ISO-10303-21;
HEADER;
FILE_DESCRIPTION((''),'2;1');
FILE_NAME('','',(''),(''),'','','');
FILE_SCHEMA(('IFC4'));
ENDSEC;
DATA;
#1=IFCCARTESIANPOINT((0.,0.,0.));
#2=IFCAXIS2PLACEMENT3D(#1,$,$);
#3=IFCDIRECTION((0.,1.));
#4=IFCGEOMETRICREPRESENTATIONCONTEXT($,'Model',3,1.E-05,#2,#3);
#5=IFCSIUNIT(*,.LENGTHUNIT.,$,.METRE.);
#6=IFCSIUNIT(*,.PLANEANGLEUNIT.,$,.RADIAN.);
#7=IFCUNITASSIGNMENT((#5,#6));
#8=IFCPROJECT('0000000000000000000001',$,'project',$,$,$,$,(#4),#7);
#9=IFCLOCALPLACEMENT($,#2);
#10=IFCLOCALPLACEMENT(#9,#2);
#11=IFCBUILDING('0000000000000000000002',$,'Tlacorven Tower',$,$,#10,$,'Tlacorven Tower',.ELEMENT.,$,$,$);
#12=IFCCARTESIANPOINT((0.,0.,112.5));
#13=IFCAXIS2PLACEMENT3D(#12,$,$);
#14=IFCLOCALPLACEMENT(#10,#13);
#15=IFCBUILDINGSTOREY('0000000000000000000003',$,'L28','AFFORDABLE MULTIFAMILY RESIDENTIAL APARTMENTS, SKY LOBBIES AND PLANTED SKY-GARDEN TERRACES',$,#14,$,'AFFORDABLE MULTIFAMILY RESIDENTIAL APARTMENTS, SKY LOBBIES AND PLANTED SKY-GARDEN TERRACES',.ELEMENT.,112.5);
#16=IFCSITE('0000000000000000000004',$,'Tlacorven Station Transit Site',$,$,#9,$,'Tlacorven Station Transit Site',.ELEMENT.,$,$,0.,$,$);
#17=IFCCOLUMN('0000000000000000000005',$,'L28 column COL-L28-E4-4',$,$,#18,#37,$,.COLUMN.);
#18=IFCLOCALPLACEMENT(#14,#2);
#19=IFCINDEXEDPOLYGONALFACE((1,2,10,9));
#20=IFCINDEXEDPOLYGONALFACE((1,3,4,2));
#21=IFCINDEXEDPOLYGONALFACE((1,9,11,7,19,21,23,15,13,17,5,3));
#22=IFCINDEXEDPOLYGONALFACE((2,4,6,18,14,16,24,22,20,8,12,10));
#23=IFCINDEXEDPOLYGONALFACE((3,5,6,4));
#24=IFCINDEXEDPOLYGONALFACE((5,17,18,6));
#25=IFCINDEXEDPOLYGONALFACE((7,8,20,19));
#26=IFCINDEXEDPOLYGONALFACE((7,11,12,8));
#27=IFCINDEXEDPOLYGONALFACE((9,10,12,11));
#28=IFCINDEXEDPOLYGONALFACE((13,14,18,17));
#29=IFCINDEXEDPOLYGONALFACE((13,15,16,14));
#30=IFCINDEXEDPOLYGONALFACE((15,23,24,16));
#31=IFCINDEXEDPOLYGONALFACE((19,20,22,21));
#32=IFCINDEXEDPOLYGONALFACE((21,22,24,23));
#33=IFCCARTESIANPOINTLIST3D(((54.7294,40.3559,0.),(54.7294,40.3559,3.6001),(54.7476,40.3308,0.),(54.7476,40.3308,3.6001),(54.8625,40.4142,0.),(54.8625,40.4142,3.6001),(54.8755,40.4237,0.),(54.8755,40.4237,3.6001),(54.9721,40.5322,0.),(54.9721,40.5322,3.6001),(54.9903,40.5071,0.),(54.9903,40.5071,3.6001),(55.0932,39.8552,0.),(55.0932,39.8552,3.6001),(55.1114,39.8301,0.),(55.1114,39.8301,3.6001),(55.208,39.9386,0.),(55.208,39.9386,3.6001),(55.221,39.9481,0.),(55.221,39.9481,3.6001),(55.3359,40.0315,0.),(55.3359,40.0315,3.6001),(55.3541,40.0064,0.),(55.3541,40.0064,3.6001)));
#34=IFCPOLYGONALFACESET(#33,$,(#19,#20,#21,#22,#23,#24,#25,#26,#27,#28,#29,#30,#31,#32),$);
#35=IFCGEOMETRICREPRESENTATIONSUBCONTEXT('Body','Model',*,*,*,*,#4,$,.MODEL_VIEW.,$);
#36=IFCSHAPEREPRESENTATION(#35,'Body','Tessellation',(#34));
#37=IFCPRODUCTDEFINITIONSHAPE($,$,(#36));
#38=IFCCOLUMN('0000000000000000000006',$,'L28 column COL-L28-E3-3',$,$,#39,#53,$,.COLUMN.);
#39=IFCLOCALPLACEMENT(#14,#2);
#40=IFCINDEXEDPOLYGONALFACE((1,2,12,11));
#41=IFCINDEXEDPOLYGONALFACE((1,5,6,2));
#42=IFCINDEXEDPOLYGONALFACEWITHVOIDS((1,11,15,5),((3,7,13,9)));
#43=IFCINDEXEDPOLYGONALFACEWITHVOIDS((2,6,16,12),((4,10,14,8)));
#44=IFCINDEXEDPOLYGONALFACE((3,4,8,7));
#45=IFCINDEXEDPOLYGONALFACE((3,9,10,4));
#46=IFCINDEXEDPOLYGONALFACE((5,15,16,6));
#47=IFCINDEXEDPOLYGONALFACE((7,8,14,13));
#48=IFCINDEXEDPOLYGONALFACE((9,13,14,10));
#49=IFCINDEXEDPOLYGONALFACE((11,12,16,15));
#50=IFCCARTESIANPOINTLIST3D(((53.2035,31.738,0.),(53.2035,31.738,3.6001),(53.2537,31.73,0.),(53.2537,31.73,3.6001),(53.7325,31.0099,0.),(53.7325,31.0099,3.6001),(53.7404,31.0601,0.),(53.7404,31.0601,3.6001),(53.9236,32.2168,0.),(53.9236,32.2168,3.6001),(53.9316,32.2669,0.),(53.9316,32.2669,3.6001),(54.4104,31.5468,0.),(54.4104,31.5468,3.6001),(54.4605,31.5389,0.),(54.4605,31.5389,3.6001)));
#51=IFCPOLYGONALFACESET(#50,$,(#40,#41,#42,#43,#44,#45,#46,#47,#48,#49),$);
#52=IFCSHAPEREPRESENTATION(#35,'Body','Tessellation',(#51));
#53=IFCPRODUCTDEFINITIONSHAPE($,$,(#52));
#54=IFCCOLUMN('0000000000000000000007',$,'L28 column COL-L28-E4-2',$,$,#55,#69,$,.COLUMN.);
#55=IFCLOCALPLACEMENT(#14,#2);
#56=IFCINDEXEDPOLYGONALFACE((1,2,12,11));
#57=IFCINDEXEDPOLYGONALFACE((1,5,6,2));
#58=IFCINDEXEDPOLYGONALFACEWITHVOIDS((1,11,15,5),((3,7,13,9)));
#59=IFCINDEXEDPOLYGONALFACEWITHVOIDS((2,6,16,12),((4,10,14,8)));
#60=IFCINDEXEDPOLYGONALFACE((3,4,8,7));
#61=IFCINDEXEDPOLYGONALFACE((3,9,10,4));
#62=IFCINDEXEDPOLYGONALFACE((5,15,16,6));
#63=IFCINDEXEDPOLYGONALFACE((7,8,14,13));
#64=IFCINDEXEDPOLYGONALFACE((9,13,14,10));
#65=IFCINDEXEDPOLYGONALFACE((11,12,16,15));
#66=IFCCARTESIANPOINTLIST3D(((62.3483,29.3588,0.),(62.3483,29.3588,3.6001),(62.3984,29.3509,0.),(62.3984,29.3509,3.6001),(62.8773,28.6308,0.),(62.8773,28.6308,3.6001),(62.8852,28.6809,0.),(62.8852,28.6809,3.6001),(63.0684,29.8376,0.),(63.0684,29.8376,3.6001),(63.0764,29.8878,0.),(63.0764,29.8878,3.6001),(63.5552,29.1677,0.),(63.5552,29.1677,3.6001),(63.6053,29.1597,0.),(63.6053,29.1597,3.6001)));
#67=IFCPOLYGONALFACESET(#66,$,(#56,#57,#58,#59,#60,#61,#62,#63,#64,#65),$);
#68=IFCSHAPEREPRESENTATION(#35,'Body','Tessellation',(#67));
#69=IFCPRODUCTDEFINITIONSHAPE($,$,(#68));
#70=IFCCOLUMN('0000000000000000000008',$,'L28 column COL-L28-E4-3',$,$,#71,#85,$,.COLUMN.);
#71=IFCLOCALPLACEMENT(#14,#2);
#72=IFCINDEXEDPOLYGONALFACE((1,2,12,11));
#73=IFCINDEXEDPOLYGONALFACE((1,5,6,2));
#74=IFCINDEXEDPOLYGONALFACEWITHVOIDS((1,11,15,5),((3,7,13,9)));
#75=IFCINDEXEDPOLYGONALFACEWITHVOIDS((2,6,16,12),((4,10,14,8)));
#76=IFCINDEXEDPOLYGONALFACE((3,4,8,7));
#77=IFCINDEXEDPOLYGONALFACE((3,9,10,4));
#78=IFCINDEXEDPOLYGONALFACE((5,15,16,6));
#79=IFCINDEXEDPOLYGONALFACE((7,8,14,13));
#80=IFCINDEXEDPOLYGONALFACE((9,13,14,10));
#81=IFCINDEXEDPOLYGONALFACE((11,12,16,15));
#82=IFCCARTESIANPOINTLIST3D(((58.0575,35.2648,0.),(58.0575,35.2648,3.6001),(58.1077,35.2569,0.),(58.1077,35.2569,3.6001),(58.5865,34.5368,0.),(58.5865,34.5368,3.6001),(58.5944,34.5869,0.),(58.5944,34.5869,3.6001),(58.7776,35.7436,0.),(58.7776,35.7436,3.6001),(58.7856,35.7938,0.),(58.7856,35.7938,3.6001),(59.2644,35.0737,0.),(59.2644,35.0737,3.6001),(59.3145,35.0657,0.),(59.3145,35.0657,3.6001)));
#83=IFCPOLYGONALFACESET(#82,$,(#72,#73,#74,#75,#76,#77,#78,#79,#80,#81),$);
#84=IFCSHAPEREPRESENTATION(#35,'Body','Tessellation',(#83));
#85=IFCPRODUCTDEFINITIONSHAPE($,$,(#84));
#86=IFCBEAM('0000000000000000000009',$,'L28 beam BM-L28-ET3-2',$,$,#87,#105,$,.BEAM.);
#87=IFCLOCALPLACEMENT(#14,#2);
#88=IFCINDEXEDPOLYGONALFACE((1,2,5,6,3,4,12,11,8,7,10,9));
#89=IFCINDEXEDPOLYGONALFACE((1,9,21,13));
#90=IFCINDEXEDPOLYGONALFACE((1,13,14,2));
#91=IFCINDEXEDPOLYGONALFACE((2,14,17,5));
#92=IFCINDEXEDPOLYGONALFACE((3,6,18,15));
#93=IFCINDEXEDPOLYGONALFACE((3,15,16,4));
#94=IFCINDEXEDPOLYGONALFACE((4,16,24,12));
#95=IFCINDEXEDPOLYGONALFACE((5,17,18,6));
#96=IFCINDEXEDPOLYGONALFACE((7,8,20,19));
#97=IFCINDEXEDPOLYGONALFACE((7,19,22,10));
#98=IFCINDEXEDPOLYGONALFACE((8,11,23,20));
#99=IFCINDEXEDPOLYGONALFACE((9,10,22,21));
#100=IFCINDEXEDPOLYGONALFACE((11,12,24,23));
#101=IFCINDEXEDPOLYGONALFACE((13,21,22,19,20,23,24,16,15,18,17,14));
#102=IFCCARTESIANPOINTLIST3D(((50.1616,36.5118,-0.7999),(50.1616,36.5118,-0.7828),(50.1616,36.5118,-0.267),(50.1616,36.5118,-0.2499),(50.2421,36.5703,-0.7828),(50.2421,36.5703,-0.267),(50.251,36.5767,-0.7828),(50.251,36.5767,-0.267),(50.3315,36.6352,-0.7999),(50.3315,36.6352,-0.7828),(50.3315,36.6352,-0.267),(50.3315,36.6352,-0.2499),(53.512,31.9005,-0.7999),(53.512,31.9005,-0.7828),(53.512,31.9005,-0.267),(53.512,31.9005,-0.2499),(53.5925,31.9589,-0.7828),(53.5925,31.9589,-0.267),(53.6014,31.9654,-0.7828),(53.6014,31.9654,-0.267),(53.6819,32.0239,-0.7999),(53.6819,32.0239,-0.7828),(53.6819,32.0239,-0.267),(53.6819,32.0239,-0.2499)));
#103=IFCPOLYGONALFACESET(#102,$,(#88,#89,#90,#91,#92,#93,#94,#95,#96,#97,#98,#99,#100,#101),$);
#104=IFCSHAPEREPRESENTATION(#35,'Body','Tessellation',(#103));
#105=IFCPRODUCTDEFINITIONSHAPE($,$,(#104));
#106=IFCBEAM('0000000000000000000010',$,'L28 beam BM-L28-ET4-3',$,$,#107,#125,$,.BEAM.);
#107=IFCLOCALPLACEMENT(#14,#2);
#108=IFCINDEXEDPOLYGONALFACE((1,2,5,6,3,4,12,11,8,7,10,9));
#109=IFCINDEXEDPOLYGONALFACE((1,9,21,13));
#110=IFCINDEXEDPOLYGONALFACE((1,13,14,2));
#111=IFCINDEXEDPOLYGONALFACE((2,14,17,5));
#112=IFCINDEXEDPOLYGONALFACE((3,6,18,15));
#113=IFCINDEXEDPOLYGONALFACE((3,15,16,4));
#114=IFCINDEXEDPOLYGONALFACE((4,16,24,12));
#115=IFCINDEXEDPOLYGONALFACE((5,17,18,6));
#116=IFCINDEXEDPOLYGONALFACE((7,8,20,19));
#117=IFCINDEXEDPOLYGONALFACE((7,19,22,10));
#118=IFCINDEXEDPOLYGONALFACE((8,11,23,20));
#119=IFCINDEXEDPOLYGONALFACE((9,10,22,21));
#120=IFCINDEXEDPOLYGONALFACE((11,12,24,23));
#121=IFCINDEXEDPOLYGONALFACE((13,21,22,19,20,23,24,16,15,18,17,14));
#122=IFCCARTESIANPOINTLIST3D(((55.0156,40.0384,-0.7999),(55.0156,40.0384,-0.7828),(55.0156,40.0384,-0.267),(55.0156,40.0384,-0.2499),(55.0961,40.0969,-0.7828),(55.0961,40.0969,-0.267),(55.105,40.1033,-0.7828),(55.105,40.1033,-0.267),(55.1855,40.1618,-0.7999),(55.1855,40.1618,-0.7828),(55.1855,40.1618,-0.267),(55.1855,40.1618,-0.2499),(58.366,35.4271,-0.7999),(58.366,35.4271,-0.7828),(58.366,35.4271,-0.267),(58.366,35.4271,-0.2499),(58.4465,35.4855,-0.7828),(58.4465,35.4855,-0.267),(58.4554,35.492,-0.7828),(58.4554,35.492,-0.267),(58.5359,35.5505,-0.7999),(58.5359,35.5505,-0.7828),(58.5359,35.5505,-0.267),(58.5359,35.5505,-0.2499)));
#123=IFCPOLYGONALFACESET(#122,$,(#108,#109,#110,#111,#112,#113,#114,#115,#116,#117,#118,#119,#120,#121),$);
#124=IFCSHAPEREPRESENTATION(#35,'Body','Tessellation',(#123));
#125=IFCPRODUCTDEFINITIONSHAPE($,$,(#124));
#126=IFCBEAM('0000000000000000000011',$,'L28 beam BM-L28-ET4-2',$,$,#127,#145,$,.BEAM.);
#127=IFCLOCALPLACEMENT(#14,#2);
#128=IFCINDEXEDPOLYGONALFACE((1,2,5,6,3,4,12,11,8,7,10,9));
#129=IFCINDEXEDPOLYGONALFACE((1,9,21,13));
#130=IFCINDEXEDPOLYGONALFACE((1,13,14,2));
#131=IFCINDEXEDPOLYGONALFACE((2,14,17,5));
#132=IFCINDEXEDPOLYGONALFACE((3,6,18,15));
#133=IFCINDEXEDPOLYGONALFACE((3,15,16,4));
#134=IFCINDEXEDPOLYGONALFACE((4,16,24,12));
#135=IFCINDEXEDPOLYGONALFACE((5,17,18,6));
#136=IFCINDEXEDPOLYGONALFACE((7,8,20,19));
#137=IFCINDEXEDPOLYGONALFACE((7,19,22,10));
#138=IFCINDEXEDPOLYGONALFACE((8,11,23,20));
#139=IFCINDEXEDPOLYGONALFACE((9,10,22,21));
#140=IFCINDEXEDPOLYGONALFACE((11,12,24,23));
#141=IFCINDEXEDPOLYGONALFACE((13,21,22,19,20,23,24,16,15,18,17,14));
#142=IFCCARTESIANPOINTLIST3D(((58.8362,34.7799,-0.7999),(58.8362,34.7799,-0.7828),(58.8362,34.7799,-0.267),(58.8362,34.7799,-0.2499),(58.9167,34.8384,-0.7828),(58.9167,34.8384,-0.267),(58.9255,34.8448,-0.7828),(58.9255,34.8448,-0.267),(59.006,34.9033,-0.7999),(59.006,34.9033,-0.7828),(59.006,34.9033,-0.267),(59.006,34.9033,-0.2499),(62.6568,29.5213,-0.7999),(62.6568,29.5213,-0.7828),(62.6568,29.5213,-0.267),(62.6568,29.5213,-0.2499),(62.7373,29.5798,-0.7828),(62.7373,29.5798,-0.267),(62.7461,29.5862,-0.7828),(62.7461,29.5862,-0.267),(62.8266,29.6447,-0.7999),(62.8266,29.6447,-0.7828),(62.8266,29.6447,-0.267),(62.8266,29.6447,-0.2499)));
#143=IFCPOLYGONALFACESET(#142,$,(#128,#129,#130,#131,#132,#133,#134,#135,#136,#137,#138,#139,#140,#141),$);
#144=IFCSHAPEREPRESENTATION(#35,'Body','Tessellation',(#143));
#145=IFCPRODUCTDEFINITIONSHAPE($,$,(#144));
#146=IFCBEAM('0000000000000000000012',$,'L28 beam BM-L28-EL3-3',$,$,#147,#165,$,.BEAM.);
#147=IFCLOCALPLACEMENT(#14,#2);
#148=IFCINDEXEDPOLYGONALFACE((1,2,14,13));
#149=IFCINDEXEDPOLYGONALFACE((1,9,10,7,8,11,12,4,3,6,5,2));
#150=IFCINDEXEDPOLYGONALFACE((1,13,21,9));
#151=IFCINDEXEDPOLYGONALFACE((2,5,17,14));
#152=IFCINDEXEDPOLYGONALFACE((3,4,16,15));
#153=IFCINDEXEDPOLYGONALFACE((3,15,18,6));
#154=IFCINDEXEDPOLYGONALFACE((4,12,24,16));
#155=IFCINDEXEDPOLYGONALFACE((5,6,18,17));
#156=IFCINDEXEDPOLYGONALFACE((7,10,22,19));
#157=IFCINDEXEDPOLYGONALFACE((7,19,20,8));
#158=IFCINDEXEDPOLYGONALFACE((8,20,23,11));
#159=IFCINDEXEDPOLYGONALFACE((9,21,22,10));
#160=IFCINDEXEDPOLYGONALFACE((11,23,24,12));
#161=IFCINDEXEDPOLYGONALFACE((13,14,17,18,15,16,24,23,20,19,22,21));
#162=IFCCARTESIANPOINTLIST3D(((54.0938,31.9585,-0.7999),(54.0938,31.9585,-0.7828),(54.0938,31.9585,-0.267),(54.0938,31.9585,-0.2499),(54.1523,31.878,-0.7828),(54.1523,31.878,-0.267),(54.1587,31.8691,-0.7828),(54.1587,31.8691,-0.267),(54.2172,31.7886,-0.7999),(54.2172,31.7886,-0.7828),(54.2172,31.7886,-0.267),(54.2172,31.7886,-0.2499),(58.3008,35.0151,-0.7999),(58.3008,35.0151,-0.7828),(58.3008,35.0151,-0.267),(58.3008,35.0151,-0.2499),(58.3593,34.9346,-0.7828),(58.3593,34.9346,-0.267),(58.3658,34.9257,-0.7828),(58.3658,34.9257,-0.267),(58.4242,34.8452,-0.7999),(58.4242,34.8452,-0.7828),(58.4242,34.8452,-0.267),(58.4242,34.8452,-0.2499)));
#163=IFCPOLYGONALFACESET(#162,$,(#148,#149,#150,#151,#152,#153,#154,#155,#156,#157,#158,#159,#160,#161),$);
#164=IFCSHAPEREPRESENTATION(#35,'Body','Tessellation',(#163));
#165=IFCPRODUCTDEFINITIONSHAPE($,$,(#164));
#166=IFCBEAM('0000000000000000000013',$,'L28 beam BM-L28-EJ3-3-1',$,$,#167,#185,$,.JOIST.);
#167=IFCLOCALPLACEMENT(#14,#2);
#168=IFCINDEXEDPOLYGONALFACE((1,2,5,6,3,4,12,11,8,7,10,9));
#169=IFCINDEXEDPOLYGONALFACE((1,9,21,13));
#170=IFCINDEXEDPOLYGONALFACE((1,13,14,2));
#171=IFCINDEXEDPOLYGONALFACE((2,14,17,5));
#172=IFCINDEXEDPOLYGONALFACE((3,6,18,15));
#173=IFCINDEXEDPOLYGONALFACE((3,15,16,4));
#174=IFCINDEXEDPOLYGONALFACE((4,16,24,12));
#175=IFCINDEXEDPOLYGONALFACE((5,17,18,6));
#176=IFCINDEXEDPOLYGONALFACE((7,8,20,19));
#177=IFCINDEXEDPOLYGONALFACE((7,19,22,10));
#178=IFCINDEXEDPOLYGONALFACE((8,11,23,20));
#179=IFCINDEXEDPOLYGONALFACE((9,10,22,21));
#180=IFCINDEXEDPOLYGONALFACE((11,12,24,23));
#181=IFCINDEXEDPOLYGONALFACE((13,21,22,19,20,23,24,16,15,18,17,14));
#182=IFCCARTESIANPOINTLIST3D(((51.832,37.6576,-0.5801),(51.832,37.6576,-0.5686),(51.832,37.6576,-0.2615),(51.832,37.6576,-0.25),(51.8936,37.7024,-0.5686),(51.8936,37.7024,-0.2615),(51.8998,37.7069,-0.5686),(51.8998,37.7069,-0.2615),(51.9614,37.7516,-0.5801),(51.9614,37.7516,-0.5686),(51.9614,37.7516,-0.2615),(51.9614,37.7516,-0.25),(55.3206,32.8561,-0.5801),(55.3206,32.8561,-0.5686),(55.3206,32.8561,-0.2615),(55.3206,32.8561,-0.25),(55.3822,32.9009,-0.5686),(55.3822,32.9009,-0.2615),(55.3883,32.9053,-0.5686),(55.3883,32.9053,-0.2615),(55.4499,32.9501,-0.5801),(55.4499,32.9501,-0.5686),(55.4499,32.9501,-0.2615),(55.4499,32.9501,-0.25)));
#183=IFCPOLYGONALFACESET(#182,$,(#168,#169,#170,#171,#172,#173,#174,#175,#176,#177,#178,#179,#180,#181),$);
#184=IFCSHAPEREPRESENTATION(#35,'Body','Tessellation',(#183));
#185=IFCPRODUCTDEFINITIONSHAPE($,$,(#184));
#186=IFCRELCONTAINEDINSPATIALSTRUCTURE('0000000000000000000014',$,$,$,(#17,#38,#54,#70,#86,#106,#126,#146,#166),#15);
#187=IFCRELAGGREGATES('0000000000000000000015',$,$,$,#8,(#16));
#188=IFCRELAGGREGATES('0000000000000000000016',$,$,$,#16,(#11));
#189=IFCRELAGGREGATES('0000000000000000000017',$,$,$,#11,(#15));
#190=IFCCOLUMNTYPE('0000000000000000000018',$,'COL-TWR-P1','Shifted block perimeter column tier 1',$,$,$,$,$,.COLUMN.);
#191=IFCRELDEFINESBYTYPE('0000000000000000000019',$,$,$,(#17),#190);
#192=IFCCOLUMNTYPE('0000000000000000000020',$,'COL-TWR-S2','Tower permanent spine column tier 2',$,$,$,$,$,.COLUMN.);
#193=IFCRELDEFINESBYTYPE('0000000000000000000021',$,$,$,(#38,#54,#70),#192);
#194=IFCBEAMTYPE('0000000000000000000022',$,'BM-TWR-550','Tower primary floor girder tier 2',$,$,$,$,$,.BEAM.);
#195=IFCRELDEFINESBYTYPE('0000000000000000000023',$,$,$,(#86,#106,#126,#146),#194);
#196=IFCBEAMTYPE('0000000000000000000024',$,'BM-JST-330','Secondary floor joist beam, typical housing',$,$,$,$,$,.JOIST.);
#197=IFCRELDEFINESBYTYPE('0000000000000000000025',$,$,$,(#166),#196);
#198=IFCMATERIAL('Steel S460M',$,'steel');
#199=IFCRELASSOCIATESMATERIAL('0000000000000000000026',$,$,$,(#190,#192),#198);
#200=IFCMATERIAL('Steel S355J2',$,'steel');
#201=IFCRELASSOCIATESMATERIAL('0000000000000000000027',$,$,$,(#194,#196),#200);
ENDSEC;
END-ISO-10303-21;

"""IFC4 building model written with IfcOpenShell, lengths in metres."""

from ifc_helpers import new_model, si_unit, direction, frame, origin, origin_2d, place, context, subcontext, project, spatial, hollow_rectangle, i_section, extrude, source, transform, mapped, material, material_profile, profile_set, type_object, element, save


model = new_model("IFC4")

# Units and contexts
model_context = context("Model", 3, precision=1e-05, world=origin(), true_north=direction((0.0, 1.0)))
body_context = subcontext(model_context, "Body", "Model", "MODEL_VIEW")
ifc_project = project(units=[si_unit("LENGTHUNIT", "METRE"), si_unit("PLANEANGLEUNIT", "RADIAN")], contexts=[model_context])

# Site, building, storey
site_placement = place(None, origin())
site = spatial("IfcSite", under=ifc_project, at=site_placement, Name="Tlacorven Station Transit Site", LongName="Tlacorven Station Transit Site", CompositionType="ELEMENT", RefElevation=0.0)
building_placement = place(site_placement, origin())
building = spatial("IfcBuilding", under=site, at=building_placement, Name="Tlacorven Tower", LongName="Tlacorven Tower", CompositionType="ELEMENT")
storey_placement = place(building_placement, frame((0.0, 0.0, 112.5)))
storey = spatial("IfcBuildingStorey", under=building, at=storey_placement, Name="L28", Description="AFFORDABLE MULTIFAMILY RESIDENTIAL APARTMENTS, SKY LOBBIES AND PLANTED SKY-GARDEN TERRACES", LongName="AFFORDABLE MULTIFAMILY RESIDENTIAL APARTMENTS, SKY LOBBIES AND PLANTED SKY-GARDEN TERRACES", CompositionType="ELEMENT", Elevation=112.5)

# Columns
ifc_material_1 = material(Name="Steel S460M", Category="steel")
ifc_material_profile_1 = material_profile(ifc_material_1, i_section(OverallWidth=0.3, OverallDepth=0.6499, WebThickness=0.0161, FlangeThickness=0.031, at=origin_2d()), Name="HEB 650")
ifc_profile_set_1 = profile_set([ifc_material_profile_1], Name="Steel S460M")
column_type_1 = type_object("IfcColumnType", Name="COL-TWR-P1", Description="Shifted block perimeter column tier 1", PredefinedType="COLUMN", material=ifc_profile_set_1)
shared_shape_1 = source(origin(), body_context, "Body", "SweptSolid", [
    extrude(i_section(OverallWidth=0.3, OverallDepth=0.6499, WebThickness=0.0161, FlangeThickness=0.031, at=origin_2d()), origin(), (0.0, 0.0, 1.0), 3.6001),
])
column_placement = place(storey_placement, frame((55.0417, 40.1812, 0.0), z_axis=(0.0, 0.0, 1.0), x_axis=(0.809017, 0.587785, 0.0)))
element("IfcColumn", 1, at=column_placement, inside=storey, type_object=column_type_1, Name="L28 column COL-L28-E4-4", PredefinedType="COLUMN", context=body_context, shape_type="MappedRepresentation", body=[
    mapped(shared_shape_1, transform((0.0, 0.0, 0.0), scale=1.0)),
])
ifc_material_profile_2 = material_profile(ifc_material_1, hollow_rectangle(XDim=0.8999, YDim=0.8999, WallThickness=0.0359, at=origin_2d()), Name="BOX 900X900X36")
ifc_profile_set_2 = profile_set([ifc_material_profile_2], Name="Steel S460M")
column_type_2 = type_object("IfcColumnType", Name="COL-TWR-S2", Description="Tower permanent spine column tier 2", PredefinedType="COLUMN", material=ifc_profile_set_2)
shared_shape_2 = source(origin(), body_context, "Body", "SweptSolid", [
    extrude(hollow_rectangle(XDim=0.8999, YDim=0.8999, WallThickness=0.0359, at=origin_2d()), origin(), (0.0, 0.0, 1.0), 3.6001),
])
for number, where, z_axis, x_axis, name in (
    (2, (53.832, 31.6384, 0.0), (0.0, 0.0, 1.0), (0.809017, 0.587785, 0.0), "L28 column COL-L28-E3-3"),
    (3, (62.9768, 29.2593, 0.0), (0.0, 0.0, 1.0), (0.809017, 0.587785, 0.0), "L28 column COL-L28-E4-2"),
    (4, (58.686, 35.1653, 0.0), (0.0, 0.0, 1.0), (0.809017, 0.587785, 0.0), "L28 column COL-L28-E4-3"),
):
    element("IfcColumn", number, at=place(storey_placement, frame(where, z_axis=z_axis, x_axis=x_axis)), inside=storey, type_object=column_type_2, Name=name, PredefinedType="COLUMN", context=body_context, shape_type="MappedRepresentation", body=[
        mapped(shared_shape_2, transform((0.0, 0.0, 0.0), scale=1.0)),
    ])

# Beams
ifc_material_2 = material(Name="Steel S355J2", Category="steel")
ifc_material_profile_3 = material_profile(ifc_material_2, i_section(OverallWidth=0.21, OverallDepth=0.55, WebThickness=0.011, FlangeThickness=0.0171, at=origin_2d()), Name="IPE 550")
ifc_profile_set_3 = profile_set([ifc_material_profile_3], Name="Steel S355J2")
beam_type_1 = type_object("IfcBeamType", Name="BM-TWR-550", Description="Tower primary floor girder tier 2", PredefinedType="BEAM", material=ifc_profile_set_3)
shared_shape_3 = source(origin(), body_context, "Body", "SweptSolid", [
    extrude(i_section(OverallWidth=0.21, OverallDepth=0.55, WebThickness=0.011, FlangeThickness=0.0171, at=origin_2d()), origin(), (0.0, 0.0, 1.0), 5.7),
])
for number, where, z_axis, x_axis, name in (
    (5, (53.5969, 31.9622, -0.5249), (-0.587787, 0.809016, 0.0), (-0.809016, -0.587787, 0.0), "L28 beam BM-L28-ET3-2"),
    (6, (58.4509, 35.4888, -0.5249), (-0.587787, 0.809016, 0.0), (-0.809016, -0.587787, 0.0), "L28 beam BM-L28-ET4-3"),
):
    element("IfcBeam", number, at=place(storey_placement, frame(where, z_axis=z_axis, x_axis=x_axis)), inside=storey, type_object=beam_type_1, Name=name, PredefinedType="BEAM", context=body_context, shape_type="MappedRepresentation", body=[
        mapped(shared_shape_3, transform((0.0, 0.0, 0.0), scale=1.0)),
    ])
shared_shape_4 = source(origin(), body_context, "Body", "SweptSolid", [
    extrude(i_section(OverallWidth=0.21, OverallDepth=0.55, WebThickness=0.011, FlangeThickness=0.0171, at=origin_2d()), origin(), (0.0, 0.0, 1.0), 6.5),
])
beam_1_placement = place(storey_placement, frame((62.7417, 29.583, -0.5249), z_axis=(-0.587785, 0.809017, 0.0), x_axis=(-0.809017, -0.587785, 0.0)))
element("IfcBeam", 7, at=beam_1_placement, inside=storey, type_object=beam_type_1, Name="L28 beam BM-L28-ET4-2", PredefinedType="BEAM", context=body_context, shape_type="MappedRepresentation", body=[
    mapped(shared_shape_4, transform((0.0, 0.0, 0.0), scale=1.0)),
])
shared_shape_5 = source(origin(), body_context, "Body", "SweptSolid", [
    extrude(i_section(OverallWidth=0.21, OverallDepth=0.55, WebThickness=0.011, FlangeThickness=0.0171, at=origin_2d()), origin(), (0.0, 0.0, 1.0), 5.2002),
])
beam_2_placement = place(storey_placement, frame((54.1555, 31.8735, -0.5249), z_axis=(0.809012, 0.587792, 0.0), x_axis=(-0.587792, 0.809012, 0.0)))
element("IfcBeam", 8, at=beam_2_placement, inside=storey, type_object=beam_type_1, Name="L28 beam BM-L28-EL3-3", PredefinedType="BEAM", context=body_context, shape_type="MappedRepresentation", body=[
    mapped(shared_shape_5, transform((0.0, 0.0, 0.0), scale=1.0)),
])
ifc_material_profile_4 = material_profile(ifc_material_2, i_section(OverallWidth=0.1599, OverallDepth=0.3301, WebThickness=0.0076, FlangeThickness=0.0115, at=origin_2d()), Name="IPE 330")
ifc_profile_set_4 = profile_set([ifc_material_profile_4], Name="Steel S355J2")
beam_type_2 = type_object("IfcBeamType", Name="BM-JST-330", Description="Secondary floor joist beam, typical housing", PredefinedType="JOIST", material=ifc_profile_set_4)
shared_shape_6 = source(origin(), body_context, "Body", "SweptSolid", [
    extrude(i_section(OverallWidth=0.1599, OverallDepth=0.3301, WebThickness=0.0076, FlangeThickness=0.0115, at=origin_2d()), origin(), (0.0, 0.0, 1.0), 5.9351),
])
for number, where, z_axis, x_axis, name in (
    (9, (55.3853, 32.9031, -0.415), (-0.587788, 0.809015, 0.0), (-0.809015, -0.587788, 0.0), "L28 beam BM-L28-EJ3-3-1"),
):
    element("IfcBeam", number, at=place(storey_placement, frame(where, z_axis=z_axis, x_axis=x_axis)), inside=storey, type_object=beam_type_2, Name=name, PredefinedType="JOIST", context=body_context, shape_type="MappedRepresentation", body=[
        mapped(shared_shape_6, transform((0.0, 0.0, 0.0), scale=1.0)),
    ])

save(model, "model.ifc")
